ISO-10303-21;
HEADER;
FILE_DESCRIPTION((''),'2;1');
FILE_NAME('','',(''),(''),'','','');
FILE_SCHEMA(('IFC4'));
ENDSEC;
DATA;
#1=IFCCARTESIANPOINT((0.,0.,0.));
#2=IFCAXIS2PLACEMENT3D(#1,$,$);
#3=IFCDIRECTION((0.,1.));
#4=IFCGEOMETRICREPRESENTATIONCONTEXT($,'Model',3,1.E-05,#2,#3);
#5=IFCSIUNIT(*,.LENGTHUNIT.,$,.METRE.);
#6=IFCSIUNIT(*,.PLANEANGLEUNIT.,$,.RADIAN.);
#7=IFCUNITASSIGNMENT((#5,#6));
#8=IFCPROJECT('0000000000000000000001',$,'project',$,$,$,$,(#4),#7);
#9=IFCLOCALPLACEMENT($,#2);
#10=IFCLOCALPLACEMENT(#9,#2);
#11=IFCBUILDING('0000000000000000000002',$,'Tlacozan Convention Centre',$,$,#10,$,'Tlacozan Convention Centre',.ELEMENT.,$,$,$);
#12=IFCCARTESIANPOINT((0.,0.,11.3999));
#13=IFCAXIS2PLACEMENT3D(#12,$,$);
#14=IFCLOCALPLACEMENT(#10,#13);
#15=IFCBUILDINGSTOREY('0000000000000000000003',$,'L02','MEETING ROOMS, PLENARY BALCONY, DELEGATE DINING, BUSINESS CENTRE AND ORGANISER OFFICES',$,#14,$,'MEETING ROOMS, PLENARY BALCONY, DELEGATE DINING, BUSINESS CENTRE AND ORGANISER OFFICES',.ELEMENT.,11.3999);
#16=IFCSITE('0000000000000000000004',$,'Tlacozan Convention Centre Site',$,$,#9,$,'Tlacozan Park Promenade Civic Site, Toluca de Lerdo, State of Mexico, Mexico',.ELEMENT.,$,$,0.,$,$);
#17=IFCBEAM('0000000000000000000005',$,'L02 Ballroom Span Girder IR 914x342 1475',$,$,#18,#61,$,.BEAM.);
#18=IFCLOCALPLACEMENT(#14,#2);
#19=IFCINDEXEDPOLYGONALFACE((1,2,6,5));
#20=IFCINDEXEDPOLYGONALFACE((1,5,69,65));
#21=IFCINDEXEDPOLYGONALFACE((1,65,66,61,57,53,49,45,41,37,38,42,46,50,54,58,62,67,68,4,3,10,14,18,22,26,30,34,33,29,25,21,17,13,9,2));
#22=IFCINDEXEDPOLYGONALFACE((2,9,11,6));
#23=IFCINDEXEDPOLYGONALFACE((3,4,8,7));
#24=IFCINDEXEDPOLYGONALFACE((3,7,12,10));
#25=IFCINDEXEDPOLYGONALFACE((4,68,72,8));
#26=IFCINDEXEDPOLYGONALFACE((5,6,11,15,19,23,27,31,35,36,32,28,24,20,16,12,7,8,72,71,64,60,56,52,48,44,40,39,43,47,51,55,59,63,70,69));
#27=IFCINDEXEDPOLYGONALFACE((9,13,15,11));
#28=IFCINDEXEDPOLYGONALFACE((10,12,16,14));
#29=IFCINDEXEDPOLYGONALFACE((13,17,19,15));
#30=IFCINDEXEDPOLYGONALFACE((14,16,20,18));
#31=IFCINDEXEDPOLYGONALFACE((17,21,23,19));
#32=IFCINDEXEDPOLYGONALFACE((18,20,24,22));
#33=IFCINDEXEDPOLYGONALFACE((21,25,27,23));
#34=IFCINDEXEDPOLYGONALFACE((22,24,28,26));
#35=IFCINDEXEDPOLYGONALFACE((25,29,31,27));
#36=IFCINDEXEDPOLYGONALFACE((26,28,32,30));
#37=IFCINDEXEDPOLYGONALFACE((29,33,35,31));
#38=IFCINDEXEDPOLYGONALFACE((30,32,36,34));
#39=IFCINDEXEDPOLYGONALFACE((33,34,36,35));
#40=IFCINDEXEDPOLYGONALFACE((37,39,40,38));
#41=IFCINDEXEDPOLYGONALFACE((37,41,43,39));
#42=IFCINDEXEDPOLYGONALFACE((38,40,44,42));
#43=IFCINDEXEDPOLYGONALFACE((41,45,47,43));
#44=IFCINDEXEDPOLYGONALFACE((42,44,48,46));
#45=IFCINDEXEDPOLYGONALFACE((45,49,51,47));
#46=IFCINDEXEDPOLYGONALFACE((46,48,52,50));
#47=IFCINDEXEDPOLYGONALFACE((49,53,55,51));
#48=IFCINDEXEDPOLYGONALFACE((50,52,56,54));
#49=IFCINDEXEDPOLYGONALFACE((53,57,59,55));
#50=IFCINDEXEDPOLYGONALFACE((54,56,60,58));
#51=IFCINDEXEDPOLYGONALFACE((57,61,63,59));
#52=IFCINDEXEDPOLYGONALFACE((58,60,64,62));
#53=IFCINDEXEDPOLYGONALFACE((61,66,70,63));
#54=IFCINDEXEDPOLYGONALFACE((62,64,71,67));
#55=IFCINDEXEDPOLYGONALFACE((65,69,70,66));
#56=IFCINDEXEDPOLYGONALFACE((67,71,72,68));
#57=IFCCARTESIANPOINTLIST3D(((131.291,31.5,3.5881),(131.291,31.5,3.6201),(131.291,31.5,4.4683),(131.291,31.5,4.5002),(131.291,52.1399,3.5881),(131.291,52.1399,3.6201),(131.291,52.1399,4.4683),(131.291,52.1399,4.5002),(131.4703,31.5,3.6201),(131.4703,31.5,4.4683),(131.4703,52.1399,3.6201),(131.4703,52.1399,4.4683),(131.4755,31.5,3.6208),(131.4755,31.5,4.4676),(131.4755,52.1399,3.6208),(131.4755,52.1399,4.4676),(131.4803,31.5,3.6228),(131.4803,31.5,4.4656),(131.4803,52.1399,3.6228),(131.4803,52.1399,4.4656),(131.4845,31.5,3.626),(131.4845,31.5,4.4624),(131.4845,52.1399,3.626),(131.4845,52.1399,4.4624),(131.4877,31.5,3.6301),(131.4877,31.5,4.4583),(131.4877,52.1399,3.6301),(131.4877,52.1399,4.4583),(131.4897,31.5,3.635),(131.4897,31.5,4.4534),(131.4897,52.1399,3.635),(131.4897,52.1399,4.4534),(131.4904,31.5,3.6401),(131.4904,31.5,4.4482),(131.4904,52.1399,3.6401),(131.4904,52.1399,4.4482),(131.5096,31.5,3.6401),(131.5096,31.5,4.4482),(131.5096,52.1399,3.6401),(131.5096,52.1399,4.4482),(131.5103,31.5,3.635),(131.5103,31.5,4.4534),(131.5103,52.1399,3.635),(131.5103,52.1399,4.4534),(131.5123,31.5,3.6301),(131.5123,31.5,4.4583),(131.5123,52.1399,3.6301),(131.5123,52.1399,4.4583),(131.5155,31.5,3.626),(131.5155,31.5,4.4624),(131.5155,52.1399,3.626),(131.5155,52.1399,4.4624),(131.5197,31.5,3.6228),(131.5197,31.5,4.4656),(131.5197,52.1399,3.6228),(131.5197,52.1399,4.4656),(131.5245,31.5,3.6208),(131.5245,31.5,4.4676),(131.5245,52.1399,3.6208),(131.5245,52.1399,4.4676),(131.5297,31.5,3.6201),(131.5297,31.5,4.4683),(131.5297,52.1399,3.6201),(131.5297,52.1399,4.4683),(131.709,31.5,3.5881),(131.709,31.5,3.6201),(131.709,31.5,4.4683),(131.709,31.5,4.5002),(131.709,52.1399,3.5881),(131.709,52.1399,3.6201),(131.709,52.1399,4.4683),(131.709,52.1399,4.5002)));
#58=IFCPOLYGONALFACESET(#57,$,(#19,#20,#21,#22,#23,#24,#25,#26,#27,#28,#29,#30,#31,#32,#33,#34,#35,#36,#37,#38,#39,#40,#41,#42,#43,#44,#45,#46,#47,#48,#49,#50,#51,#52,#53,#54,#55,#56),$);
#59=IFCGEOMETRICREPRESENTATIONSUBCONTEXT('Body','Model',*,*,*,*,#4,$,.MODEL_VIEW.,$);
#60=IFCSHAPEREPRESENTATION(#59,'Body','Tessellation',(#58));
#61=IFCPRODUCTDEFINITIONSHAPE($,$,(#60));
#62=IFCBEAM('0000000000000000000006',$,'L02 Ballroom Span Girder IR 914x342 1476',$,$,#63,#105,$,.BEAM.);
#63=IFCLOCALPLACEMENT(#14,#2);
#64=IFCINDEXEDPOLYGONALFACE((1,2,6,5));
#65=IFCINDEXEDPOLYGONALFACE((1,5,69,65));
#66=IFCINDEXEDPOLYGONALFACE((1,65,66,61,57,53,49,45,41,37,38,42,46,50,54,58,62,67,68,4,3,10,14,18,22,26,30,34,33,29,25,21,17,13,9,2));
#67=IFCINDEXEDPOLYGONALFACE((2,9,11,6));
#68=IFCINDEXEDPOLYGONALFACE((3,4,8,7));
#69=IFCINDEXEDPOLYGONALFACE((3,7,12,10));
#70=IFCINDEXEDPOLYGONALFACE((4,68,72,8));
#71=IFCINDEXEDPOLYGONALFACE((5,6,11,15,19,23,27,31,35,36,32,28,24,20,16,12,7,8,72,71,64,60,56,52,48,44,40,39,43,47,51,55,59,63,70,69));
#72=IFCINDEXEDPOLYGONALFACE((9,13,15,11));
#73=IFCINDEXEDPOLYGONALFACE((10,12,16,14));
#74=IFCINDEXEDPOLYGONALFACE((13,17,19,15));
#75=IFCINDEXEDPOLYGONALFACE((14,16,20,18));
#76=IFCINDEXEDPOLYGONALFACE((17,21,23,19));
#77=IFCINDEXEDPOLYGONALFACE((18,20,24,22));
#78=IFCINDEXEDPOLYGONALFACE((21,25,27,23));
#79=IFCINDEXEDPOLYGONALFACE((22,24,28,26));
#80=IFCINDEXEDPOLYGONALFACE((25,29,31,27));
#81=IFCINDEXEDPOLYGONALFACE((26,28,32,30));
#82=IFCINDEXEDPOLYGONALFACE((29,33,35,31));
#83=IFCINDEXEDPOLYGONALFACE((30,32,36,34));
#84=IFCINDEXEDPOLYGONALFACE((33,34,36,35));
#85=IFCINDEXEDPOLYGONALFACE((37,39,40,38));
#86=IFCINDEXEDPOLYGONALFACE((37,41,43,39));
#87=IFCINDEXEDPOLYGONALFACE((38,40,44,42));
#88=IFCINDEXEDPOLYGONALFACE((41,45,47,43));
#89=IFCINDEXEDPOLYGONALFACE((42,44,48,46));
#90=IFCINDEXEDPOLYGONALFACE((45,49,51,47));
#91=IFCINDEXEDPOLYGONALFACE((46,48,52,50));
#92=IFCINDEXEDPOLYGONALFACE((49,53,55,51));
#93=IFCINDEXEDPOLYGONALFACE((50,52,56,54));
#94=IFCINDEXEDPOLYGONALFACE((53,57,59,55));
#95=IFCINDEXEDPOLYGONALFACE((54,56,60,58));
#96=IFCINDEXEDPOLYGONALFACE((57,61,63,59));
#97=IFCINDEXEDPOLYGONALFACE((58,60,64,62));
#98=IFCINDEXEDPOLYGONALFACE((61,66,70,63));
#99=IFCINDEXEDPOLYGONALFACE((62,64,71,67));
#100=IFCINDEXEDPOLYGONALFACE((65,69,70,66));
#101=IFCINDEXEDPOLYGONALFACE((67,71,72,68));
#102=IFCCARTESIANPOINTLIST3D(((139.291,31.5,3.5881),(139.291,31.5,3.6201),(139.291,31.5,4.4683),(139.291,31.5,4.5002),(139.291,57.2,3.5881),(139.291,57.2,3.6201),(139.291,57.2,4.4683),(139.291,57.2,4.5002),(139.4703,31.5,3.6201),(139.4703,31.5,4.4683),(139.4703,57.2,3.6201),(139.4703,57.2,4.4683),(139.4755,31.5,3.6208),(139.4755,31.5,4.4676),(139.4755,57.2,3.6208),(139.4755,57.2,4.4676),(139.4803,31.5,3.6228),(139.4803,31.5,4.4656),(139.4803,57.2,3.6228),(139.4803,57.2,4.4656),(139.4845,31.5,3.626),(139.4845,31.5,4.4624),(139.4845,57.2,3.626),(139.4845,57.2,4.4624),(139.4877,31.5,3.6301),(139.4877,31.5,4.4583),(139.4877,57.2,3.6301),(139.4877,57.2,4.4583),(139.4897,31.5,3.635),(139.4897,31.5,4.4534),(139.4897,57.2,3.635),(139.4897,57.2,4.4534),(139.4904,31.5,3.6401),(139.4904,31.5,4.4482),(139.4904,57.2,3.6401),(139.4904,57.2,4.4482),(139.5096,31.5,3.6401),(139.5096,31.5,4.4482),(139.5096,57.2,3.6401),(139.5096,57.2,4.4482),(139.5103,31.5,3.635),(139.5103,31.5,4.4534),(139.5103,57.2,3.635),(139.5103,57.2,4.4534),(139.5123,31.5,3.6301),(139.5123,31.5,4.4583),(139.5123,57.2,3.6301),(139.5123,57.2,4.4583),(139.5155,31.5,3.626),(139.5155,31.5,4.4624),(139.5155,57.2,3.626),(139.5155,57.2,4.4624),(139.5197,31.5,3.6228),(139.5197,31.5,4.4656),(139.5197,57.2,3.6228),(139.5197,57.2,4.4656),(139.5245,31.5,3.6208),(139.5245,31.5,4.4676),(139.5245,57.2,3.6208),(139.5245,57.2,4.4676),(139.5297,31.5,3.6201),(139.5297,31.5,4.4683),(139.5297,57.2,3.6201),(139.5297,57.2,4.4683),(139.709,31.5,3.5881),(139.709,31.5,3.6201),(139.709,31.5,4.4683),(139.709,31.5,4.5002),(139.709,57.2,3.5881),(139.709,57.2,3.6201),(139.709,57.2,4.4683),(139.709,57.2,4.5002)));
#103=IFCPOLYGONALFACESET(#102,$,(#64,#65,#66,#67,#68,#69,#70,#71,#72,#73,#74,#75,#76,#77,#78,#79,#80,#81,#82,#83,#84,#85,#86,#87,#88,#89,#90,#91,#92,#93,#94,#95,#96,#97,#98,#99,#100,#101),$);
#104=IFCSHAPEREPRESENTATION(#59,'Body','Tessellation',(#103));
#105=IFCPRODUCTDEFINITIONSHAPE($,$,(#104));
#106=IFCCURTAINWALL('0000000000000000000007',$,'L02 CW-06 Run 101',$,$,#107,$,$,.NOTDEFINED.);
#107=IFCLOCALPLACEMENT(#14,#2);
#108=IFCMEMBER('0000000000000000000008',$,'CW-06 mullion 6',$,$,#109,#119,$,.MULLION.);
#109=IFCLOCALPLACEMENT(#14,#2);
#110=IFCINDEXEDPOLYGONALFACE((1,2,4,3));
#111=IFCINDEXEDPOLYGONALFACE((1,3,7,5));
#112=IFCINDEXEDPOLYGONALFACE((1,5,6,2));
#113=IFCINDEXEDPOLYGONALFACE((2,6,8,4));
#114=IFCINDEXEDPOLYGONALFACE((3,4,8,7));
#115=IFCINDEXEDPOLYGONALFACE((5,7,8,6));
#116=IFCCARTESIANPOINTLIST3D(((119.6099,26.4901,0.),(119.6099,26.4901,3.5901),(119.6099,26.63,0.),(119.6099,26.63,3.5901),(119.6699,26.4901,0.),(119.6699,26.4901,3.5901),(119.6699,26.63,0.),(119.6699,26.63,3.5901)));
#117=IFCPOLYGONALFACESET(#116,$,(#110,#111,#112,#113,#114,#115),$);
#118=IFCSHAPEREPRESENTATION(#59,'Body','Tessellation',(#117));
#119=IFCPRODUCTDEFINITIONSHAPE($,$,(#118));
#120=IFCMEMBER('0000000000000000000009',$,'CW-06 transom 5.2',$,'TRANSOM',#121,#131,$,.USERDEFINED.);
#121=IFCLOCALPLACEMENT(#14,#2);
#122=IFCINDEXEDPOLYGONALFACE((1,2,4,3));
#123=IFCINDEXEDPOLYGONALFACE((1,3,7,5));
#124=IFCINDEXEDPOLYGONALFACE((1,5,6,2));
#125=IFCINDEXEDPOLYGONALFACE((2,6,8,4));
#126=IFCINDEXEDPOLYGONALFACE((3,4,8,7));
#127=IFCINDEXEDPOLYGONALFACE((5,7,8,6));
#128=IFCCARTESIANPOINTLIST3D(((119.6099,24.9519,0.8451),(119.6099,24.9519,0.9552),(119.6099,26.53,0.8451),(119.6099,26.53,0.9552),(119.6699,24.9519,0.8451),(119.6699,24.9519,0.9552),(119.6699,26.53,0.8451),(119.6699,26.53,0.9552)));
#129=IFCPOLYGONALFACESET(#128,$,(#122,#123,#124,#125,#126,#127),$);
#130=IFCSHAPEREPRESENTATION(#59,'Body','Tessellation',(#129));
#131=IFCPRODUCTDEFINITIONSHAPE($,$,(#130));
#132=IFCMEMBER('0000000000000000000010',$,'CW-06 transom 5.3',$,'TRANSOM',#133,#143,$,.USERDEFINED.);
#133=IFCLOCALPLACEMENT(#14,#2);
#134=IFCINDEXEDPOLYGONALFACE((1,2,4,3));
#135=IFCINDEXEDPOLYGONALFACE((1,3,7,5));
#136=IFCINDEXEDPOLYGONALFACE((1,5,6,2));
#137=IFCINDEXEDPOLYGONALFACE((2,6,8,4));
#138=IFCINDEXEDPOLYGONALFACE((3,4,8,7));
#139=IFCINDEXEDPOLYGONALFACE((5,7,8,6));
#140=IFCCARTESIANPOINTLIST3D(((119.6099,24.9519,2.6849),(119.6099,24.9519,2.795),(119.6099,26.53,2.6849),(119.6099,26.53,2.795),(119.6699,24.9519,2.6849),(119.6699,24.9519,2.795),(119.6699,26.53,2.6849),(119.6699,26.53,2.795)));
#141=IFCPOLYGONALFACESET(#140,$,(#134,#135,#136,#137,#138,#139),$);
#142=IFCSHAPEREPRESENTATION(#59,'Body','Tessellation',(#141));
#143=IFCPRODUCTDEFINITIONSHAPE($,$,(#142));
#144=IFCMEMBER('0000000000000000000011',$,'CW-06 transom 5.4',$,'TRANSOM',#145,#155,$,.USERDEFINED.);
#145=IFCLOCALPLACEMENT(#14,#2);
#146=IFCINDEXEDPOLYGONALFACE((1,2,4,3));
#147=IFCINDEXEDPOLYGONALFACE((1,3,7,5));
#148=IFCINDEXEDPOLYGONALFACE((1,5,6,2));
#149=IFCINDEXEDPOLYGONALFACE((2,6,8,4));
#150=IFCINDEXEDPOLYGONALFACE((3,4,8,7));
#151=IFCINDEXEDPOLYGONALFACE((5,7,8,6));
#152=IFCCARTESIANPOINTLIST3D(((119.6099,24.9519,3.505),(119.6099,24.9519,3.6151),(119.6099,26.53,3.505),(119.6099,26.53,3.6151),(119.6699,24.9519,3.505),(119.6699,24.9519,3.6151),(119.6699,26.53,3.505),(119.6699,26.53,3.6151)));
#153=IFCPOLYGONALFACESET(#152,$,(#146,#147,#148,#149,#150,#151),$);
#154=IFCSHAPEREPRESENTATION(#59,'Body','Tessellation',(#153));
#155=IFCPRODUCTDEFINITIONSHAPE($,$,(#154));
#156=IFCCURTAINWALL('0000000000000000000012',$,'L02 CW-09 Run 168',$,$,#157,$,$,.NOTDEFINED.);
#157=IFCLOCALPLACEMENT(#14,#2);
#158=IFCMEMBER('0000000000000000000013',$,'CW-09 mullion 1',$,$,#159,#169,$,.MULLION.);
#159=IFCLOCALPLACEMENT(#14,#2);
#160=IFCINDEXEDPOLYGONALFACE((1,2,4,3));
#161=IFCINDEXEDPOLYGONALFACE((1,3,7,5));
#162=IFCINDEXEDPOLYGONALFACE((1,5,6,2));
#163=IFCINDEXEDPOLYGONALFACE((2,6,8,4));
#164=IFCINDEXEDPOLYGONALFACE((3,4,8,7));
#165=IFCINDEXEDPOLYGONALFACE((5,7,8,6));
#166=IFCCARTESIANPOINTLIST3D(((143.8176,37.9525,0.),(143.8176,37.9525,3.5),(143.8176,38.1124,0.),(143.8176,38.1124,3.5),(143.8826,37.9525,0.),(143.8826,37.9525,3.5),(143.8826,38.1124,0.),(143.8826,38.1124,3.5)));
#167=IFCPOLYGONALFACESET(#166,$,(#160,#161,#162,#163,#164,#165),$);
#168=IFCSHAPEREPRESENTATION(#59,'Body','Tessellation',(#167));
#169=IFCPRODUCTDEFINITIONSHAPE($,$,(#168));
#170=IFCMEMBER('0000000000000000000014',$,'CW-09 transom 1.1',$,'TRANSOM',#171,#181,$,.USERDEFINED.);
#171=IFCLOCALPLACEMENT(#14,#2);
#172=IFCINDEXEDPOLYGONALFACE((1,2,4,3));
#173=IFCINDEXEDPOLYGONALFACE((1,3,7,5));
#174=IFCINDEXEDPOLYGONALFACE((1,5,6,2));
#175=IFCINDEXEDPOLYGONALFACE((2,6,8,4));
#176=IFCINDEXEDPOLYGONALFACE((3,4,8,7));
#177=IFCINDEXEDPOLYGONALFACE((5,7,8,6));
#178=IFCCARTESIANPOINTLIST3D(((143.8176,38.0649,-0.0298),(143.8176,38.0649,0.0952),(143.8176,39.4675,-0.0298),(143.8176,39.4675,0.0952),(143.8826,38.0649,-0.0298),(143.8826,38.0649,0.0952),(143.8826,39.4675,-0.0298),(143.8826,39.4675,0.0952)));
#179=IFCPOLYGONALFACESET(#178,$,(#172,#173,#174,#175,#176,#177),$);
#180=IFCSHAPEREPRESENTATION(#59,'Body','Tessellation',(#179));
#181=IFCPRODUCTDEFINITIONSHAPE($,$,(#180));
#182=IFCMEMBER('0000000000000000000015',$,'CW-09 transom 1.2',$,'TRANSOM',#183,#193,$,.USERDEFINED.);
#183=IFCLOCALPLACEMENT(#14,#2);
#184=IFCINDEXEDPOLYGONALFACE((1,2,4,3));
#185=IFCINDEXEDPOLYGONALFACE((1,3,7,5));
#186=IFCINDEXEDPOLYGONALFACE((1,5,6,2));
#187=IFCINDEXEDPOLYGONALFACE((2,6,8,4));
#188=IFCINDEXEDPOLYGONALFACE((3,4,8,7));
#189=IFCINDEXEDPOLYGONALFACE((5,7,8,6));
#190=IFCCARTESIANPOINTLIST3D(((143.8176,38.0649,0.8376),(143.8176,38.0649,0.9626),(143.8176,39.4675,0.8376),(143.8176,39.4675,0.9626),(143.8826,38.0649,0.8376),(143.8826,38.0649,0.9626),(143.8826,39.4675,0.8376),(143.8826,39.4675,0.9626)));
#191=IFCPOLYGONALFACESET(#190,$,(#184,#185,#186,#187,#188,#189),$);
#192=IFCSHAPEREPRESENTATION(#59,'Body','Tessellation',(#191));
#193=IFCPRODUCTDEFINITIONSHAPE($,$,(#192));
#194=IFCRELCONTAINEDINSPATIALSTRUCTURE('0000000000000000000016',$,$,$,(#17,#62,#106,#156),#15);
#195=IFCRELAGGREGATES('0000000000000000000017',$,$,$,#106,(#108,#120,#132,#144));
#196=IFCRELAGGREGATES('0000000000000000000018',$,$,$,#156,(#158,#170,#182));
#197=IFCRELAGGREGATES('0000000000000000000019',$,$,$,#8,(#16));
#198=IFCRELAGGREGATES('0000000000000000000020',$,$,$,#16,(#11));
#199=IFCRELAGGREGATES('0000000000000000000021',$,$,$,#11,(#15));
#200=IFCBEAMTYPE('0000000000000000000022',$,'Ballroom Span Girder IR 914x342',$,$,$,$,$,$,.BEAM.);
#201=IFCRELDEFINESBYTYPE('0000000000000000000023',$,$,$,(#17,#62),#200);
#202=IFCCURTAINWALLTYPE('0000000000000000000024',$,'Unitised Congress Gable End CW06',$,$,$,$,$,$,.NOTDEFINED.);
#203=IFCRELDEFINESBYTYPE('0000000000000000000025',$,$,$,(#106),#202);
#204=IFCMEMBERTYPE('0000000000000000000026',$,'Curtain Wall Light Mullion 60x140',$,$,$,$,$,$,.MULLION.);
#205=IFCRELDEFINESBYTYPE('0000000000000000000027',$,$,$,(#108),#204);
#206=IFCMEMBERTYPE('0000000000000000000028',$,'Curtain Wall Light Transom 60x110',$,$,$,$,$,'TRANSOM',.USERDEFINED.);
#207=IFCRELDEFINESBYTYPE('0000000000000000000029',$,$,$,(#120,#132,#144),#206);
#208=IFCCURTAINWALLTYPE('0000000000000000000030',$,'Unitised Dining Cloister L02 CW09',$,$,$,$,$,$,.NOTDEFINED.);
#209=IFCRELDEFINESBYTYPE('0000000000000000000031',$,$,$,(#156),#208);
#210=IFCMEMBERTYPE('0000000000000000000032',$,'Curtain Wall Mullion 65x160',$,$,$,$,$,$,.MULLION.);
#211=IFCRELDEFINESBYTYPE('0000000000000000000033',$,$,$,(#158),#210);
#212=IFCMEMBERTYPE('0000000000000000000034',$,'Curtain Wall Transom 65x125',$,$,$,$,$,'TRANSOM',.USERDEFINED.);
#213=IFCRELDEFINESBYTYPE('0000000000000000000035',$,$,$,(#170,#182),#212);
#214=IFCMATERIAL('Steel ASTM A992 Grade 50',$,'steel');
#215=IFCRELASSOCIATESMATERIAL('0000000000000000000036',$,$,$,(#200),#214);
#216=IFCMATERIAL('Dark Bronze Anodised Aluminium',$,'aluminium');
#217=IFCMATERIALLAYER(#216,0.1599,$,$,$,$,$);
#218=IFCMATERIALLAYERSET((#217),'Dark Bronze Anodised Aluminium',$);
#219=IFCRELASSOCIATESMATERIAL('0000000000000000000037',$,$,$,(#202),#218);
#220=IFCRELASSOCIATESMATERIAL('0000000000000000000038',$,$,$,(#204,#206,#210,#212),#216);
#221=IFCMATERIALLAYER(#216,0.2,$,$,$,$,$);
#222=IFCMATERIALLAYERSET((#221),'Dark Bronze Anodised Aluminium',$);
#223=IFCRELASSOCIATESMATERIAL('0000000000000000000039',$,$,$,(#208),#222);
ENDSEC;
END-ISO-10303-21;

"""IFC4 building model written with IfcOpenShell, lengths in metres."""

from ifc_helpers import new_model, si_unit, direction, frame, origin, origin_2d, place, context, subcontext, project, spatial, rectangle, i_section, extrude, material, layer, layer_set, material_profile, profile_set, type_object, element, aggregate, save


model = new_model("IFC4")

# Units and contexts
model_context = context("Model", 3, precision=1e-05, world=origin(), true_north=direction((0.0, 1.0)))
body_context = subcontext(model_context, "Body", "Model", "MODEL_VIEW")
ifc_project = project(units=[si_unit("LENGTHUNIT", "METRE"), si_unit("PLANEANGLEUNIT", "RADIAN")], contexts=[model_context])

# Site, building, storey
site_placement = place(None, origin())
site = spatial("IfcSite", under=ifc_project, at=site_placement, Name="Tlacozan Convention Centre Site", LongName="Tlacozan Park Promenade Civic Site, Toluca de Lerdo, State of Mexico, Mexico", CompositionType="ELEMENT", RefElevation=0.0)
building_placement = place(site_placement, origin())
building = spatial("IfcBuilding", under=site, at=building_placement, Name="Tlacozan Convention Centre", LongName="Tlacozan Convention Centre", CompositionType="ELEMENT")
storey_placement = place(building_placement, frame((0.0, 0.0, 11.3999)))
storey = spatial("IfcBuildingStorey", under=building, at=storey_placement, Name="L02", Description="MEETING ROOMS, PLENARY BALCONY, DELEGATE DINING, BUSINESS CENTRE AND ORGANISER OFFICES", LongName="MEETING ROOMS, PLENARY BALCONY, DELEGATE DINING, BUSINESS CENTRE AND ORGANISER OFFICES", CompositionType="ELEMENT", Elevation=11.3999)

# Shared definitions
ifc_material_1 = material(Name="Steel ASTM A992 Grade 50", Category="steel")

# Beams
ifc_material_profile_1 = material_profile(ifc_material_1, i_section(OverallWidth=0.418, OverallDepth=0.9121, WebThickness=0.0193, FlangeThickness=0.032, FilletRadius=0.02, at=origin_2d()), Name="IR 914x342.0")
ifc_profile_set_1 = profile_set([ifc_material_profile_1], Name="Steel ASTM A992 Grade 50")
beam_type_1 = type_object("IfcBeamType", Name="Ballroom Span Girder IR 914x342", PredefinedType="BEAM", material=ifc_profile_set_1)
beam_1_placement = place(storey_placement, frame((131.5, 31.5, 4.0442), z_axis=(0.0, 1.0, 0.0), x_axis=(-1.0, 0.0, 0.0)))
element("IfcBeam", 1, at=beam_1_placement, inside=storey, type_object=beam_type_1, Name="L02 Ballroom Span Girder IR 914x342 1475", PredefinedType="BEAM", context=body_context, shape_type="SweptSolid", body=[
    extrude(i_section(OverallWidth=0.418, OverallDepth=0.9121, WebThickness=0.0193, FlangeThickness=0.032, FilletRadius=0.02, at=origin_2d()), origin(), (0.0, 0.0, 1.0), 20.6399),
])
beam_2_placement = place(storey_placement, frame((139.5, 31.5, 4.0442), z_axis=(0.0, 1.0, 0.0), x_axis=(-1.0, 0.0, 0.0)))
element("IfcBeam", 2, at=beam_2_placement, inside=storey, type_object=beam_type_1, Name="L02 Ballroom Span Girder IR 914x342 1476", PredefinedType="BEAM", context=body_context, shape_type="SweptSolid", body=[
    extrude(i_section(OverallWidth=0.418, OverallDepth=0.9121, WebThickness=0.0193, FlangeThickness=0.032, FilletRadius=0.02, at=origin_2d()), origin(), (0.0, 0.0, 1.0), 25.7),
])

# Curtain walls, members
ifc_material_2 = material(Name="Dark Bronze Anodised Aluminium", Category="aluminium")
ifc_layer_1 = layer(ifc_material_2, 0.1599)
ifc_layer_set_1 = layer_set([ifc_layer_1], Name="Dark Bronze Anodised Aluminium")
curtain_wall_type_1 = type_object("IfcCurtainWallType", Name="Unitised Congress Gable End CW06", PredefinedType="NOTDEFINED", material=ifc_layer_set_1)
curtain_wall_1_placement = place(storey_placement, origin())
curtain_wall_1 = element("IfcCurtainWall", 3, at=curtain_wall_1_placement, inside=storey, type_object=curtain_wall_type_1, Name="L02 CW-06 Run 101", PredefinedType="NOTDEFINED")
ifc_material_profile_2 = material_profile(ifc_material_2, rectangle(XDim=0.0601, YDim=0.1399, at=origin_2d()), Name="ALU 60x140")
ifc_profile_set_2 = profile_set([ifc_material_profile_2], Name="Dark Bronze Anodised Aluminium")
member_type_1 = type_object("IfcMemberType", Name="Curtain Wall Light Mullion 60x140", PredefinedType="MULLION", material=ifc_profile_set_2)
member_1_placement = place(storey_placement, frame((119.6399, 26.5601, 0.0), z_axis=(0.0, 0.0, 1.0), x_axis=(-1.0, 0.0, 0.0)))
member_1 = element("IfcMember", 4, at=member_1_placement, type_object=member_type_1, Name="CW-06 mullion 6", PredefinedType="MULLION", context=body_context, shape_type="SweptSolid", body=[
    extrude(rectangle(XDim=0.0601, YDim=0.1399, at=origin_2d()), origin(), (0.0, 0.0, 1.0), 3.5901),
])
ifc_material_profile_3 = material_profile(ifc_material_2, rectangle(XDim=0.0601, YDim=0.1101, at=origin_2d()), Name="ALU 60x110")
ifc_profile_set_3 = profile_set([ifc_material_profile_3], Name="Dark Bronze Anodised Aluminium")
member_type_2 = type_object("IfcMemberType", Name="Curtain Wall Light Transom 60x110", ElementType="TRANSOM", PredefinedType="USERDEFINED", material=ifc_profile_set_3)
member_2_placement = place(storey_placement, frame((119.6399, 24.9519, 0.9001), z_axis=(0.0, 1.0, 0.0), x_axis=(-1.0, 0.0, 0.0)))
member_2 = element("IfcMember", 5, at=member_2_placement, type_object=member_type_2, Name="CW-06 transom 5.2", ObjectType="TRANSOM", PredefinedType="USERDEFINED", context=body_context, shape_type="SweptSolid", body=[
    extrude(rectangle(XDim=0.0601, YDim=0.1101, at=origin_2d()), origin(), (0.0, 0.0, 1.0), 1.5781),
])
member_3_placement = place(storey_placement, frame((119.6399, 24.9519, 2.74), z_axis=(0.0, 1.0, 0.0), x_axis=(-1.0, 0.0, 0.0)))
member_3 = element("IfcMember", 6, at=member_3_placement, type_object=member_type_2, Name="CW-06 transom 5.3", ObjectType="TRANSOM", PredefinedType="USERDEFINED", context=body_context, shape_type="SweptSolid", body=[
    extrude(rectangle(XDim=0.0601, YDim=0.1101, at=origin_2d()), origin(), (0.0, 0.0, 1.0), 1.5781),
])
member_4_placement = place(storey_placement, frame((119.6399, 24.9519, 3.5601), z_axis=(0.0, 1.0, 0.0), x_axis=(-1.0, 0.0, 0.0)))
member_4 = element("IfcMember", 7, at=member_4_placement, type_object=member_type_2, Name="CW-06 transom 5.4", ObjectType="TRANSOM", PredefinedType="USERDEFINED", context=body_context, shape_type="SweptSolid", body=[
    extrude(rectangle(XDim=0.0601, YDim=0.1101, at=origin_2d()), origin(), (0.0, 0.0, 1.0), 1.5781),
])
ifc_layer_2 = layer(ifc_material_2, 0.2)
ifc_layer_set_2 = layer_set([ifc_layer_2], Name="Dark Bronze Anodised Aluminium")
curtain_wall_type_2 = type_object("IfcCurtainWallType", Name="Unitised Dining Cloister L02 CW09", PredefinedType="NOTDEFINED", material=ifc_layer_set_2)
curtain_wall_2_placement = place(storey_placement, origin())
curtain_wall_2 = element("IfcCurtainWall", 8, at=curtain_wall_2_placement, inside=storey, type_object=curtain_wall_type_2, Name="L02 CW-09 Run 168", PredefinedType="NOTDEFINED")
ifc_material_profile_4 = material_profile(ifc_material_2, rectangle(XDim=0.0649, YDim=0.1599, at=origin_2d()), Name="ALU 65x160")
ifc_profile_set_4 = profile_set([ifc_material_profile_4], Name="Dark Bronze Anodised Aluminium")
member_type_3 = type_object("IfcMemberType", Name="Curtain Wall Mullion 65x160", PredefinedType="MULLION", material=ifc_profile_set_4)
member_5_placement = place(storey_placement, frame((143.8501, 38.0325, 0.0), z_axis=(0.0, 0.0, 1.0), x_axis=(-1.0, 0.0, 0.0)))
member_5 = element("IfcMember", 9, at=member_5_placement, type_object=member_type_3, Name="CW-09 mullion 1", PredefinedType="MULLION", context=body_context, shape_type="SweptSolid", body=[
    extrude(rectangle(XDim=0.0649, YDim=0.1599, at=origin_2d()), origin(), (0.0, 0.0, 1.0), 3.5),
])
ifc_material_profile_5 = material_profile(ifc_material_2, rectangle(XDim=0.0649, YDim=0.125, at=origin_2d()), Name="ALU 65x125")
ifc_profile_set_5 = profile_set([ifc_material_profile_5], Name="Dark Bronze Anodised Aluminium")
member_type_4 = type_object("IfcMemberType", Name="Curtain Wall Transom 65x125", ElementType="TRANSOM", PredefinedType="USERDEFINED", material=ifc_profile_set_5)
member_6_placement = place(storey_placement, frame((143.8501, 38.0649, 0.0327), z_axis=(0.0, 1.0, 0.0), x_axis=(-1.0, 0.0, 0.0)))
member_6 = element("IfcMember", 10, at=member_6_placement, type_object=member_type_4, Name="CW-09 transom 1.1", ObjectType="TRANSOM", PredefinedType="USERDEFINED", context=body_context, shape_type="SweptSolid", body=[
    extrude(rectangle(XDim=0.0649, YDim=0.125, at=origin_2d()), origin(), (0.0, 0.0, 1.0), 1.4026),
])
member_7_placement = place(storey_placement, frame((143.8501, 38.0649, 0.9001), z_axis=(0.0, 1.0, 0.0), x_axis=(-1.0, 0.0, 0.0)))
member_7 = element("IfcMember", 11, at=member_7_placement, type_object=member_type_4, Name="CW-09 transom 1.2", ObjectType="TRANSOM", PredefinedType="USERDEFINED", context=body_context, shape_type="SweptSolid", body=[
    extrude(rectangle(XDim=0.0649, YDim=0.125, at=origin_2d()), origin(), (0.0, 0.0, 1.0), 1.4026),
])

aggregate(curtain_wall_1, [member_1, member_2, member_3, member_4])
aggregate(curtain_wall_2, [member_5, member_6, member_7])

save(model, "model.ifc")
